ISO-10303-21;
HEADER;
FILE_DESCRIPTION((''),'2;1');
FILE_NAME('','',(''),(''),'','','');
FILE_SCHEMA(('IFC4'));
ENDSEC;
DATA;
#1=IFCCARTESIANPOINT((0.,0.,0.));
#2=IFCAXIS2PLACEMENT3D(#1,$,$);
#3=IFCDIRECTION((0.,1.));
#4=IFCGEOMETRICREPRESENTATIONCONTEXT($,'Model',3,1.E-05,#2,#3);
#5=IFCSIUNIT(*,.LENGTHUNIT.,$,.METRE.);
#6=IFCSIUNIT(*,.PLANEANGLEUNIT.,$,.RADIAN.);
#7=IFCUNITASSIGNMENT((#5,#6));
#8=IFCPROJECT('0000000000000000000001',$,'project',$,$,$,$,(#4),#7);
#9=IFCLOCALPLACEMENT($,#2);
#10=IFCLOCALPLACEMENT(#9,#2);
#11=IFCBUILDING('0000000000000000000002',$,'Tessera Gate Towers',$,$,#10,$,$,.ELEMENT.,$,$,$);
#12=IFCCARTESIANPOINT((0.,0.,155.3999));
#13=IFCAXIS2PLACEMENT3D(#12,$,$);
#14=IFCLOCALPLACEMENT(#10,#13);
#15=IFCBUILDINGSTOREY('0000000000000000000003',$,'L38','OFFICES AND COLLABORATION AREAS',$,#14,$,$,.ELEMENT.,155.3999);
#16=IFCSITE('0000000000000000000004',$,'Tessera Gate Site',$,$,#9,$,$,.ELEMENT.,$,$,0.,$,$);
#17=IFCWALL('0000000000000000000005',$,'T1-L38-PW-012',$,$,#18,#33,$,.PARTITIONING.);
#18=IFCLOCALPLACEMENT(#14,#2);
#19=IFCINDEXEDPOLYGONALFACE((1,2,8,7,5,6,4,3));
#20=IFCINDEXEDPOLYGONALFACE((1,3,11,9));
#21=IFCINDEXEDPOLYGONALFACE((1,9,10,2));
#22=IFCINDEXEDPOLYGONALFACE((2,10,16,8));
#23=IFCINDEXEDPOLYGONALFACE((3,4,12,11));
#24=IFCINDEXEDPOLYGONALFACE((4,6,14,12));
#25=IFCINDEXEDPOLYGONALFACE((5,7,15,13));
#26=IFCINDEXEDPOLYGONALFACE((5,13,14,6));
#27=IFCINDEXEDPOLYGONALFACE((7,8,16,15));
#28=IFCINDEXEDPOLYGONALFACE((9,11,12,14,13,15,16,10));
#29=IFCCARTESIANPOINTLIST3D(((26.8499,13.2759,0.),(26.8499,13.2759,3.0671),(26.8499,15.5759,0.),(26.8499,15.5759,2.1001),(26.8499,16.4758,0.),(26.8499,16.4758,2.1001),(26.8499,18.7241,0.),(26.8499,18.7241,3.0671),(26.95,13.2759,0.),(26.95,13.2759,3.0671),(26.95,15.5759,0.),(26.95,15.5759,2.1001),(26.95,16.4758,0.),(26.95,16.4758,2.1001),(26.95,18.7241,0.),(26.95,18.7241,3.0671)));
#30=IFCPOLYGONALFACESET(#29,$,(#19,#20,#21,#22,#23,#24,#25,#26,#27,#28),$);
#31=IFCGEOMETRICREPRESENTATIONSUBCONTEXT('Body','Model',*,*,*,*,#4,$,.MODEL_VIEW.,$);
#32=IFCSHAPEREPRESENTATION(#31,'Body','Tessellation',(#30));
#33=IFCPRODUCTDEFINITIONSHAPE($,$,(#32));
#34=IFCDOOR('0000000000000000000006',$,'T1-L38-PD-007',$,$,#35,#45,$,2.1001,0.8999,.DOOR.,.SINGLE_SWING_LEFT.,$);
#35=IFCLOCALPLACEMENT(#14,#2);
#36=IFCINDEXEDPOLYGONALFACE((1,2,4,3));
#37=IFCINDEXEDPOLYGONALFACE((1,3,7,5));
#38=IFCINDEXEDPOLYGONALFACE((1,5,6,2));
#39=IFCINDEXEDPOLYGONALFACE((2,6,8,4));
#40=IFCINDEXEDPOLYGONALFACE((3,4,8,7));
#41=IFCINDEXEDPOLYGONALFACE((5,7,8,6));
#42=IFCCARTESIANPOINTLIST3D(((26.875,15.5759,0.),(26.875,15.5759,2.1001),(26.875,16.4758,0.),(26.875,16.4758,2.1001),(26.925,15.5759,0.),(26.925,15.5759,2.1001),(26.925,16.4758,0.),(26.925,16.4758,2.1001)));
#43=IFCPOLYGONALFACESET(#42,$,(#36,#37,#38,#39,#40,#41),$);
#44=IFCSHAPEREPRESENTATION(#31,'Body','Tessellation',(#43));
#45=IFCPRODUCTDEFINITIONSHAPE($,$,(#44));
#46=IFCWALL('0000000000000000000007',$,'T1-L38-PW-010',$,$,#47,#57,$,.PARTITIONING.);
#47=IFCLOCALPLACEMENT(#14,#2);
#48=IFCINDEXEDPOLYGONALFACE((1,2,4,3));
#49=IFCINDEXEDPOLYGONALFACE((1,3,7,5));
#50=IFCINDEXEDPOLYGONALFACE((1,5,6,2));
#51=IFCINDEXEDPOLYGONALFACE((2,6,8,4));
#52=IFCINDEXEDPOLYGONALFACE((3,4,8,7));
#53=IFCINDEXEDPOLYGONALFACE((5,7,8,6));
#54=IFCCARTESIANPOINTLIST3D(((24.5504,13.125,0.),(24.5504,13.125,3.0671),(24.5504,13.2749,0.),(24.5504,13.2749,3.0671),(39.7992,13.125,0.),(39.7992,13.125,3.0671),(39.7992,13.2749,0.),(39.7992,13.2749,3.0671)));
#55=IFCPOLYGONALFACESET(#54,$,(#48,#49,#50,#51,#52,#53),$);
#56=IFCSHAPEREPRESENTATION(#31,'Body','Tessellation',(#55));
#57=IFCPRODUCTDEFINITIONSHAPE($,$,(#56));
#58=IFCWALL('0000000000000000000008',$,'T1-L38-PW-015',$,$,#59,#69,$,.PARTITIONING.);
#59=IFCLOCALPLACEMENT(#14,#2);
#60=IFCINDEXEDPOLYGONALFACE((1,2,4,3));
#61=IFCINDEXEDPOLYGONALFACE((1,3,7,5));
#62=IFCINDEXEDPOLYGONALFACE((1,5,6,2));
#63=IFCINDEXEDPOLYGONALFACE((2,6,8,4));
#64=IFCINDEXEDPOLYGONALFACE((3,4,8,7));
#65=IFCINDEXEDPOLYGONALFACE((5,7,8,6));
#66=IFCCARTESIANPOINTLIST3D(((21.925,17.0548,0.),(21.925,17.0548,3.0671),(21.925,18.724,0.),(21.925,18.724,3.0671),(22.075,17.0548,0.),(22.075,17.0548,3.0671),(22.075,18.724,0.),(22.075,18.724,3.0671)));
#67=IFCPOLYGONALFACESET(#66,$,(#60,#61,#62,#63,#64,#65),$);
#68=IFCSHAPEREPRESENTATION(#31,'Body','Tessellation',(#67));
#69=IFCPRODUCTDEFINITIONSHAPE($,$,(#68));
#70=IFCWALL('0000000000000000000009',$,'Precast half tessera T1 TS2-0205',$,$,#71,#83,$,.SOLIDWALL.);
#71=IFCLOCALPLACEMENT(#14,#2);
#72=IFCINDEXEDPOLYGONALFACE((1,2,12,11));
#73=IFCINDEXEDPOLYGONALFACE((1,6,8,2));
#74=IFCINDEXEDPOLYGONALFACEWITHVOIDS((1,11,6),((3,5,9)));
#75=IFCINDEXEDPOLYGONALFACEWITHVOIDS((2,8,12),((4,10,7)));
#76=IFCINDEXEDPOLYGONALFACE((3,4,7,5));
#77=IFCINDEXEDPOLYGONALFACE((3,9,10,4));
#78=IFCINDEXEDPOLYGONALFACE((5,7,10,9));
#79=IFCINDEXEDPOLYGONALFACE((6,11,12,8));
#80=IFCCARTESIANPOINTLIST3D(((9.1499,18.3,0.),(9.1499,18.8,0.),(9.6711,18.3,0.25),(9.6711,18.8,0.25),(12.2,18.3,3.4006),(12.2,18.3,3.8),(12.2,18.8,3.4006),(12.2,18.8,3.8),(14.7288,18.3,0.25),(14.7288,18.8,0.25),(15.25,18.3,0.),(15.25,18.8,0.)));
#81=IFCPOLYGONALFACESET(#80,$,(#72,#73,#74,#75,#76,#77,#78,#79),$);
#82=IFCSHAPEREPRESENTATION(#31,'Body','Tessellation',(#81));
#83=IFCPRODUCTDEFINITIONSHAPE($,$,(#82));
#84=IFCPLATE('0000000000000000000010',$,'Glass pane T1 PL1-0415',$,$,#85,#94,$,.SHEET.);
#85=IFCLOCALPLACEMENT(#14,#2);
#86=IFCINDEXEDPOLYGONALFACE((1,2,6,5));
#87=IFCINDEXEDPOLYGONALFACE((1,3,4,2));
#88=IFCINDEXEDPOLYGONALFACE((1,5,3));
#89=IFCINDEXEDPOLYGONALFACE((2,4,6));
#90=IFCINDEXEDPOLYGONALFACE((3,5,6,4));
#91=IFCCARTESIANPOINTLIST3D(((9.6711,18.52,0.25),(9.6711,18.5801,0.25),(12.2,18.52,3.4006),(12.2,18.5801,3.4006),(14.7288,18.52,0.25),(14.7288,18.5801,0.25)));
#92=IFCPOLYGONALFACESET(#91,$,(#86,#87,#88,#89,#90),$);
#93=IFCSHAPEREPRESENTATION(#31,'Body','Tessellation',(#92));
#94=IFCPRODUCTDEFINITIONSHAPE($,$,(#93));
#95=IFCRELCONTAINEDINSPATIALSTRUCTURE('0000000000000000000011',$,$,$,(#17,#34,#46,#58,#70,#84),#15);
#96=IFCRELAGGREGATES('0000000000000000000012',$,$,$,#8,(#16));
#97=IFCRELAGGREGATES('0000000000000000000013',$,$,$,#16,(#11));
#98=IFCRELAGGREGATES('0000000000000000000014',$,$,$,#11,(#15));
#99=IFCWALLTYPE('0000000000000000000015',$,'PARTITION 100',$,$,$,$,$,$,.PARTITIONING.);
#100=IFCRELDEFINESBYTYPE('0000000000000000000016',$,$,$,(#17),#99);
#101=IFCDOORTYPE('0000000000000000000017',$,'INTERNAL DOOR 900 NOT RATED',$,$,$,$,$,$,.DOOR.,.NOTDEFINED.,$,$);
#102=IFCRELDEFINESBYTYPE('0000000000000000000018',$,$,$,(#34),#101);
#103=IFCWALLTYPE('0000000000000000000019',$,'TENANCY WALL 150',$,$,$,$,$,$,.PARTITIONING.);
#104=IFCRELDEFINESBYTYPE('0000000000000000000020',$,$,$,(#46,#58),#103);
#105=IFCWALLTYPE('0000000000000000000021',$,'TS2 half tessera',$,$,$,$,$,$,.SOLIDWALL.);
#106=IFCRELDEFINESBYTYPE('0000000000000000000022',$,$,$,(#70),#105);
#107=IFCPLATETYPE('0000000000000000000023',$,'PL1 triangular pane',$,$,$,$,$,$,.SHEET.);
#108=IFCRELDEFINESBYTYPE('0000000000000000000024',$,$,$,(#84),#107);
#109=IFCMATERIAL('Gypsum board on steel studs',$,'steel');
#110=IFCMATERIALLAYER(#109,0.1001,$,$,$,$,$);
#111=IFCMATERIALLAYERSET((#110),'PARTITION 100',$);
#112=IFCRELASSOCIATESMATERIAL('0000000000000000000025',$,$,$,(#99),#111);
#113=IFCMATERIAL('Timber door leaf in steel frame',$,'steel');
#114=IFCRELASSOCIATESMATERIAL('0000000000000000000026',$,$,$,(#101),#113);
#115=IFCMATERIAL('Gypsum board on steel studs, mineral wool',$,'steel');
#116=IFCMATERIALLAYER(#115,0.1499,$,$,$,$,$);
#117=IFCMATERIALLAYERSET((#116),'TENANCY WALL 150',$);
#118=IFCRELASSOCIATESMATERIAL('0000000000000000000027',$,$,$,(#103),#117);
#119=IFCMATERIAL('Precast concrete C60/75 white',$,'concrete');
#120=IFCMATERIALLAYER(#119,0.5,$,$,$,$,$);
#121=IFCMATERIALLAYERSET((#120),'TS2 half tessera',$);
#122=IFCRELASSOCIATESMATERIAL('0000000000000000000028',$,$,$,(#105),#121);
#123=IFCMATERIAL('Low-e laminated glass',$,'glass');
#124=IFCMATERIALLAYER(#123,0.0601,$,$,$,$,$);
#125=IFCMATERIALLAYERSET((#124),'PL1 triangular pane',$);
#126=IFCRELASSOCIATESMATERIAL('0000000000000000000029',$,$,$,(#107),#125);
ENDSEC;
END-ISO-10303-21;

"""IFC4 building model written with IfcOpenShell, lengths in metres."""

from ifc_helpers import new_model, si_unit, direction, frame, frame_2d, origin, place, context, subcontext, project, spatial, polyline, rectangle, outline, extrude, source, transform, mapped, material, layer, layer_set, type_object, element, fill, save


model = new_model("IFC4")

# Units and contexts
model_context = context("Model", 3, precision=1e-05, world=origin(), true_north=direction((0.0, 1.0)))
body_context = subcontext(model_context, "Body", "Model", "MODEL_VIEW")
ifc_project = project(units=[si_unit("LENGTHUNIT", "METRE"), si_unit("PLANEANGLEUNIT", "RADIAN")], contexts=[model_context])

# Site, building, storey
site_placement = place(None, origin())
site = spatial("IfcSite", under=ifc_project, at=site_placement, Name="Tessera Gate Site", CompositionType="ELEMENT", RefElevation=0.0)
building_placement = place(site_placement, origin())
building = spatial("IfcBuilding", under=site, at=building_placement, Name="Tessera Gate Towers", CompositionType="ELEMENT")
storey_placement = place(building_placement, frame((0.0, 0.0, 155.3999)))
storey = spatial("IfcBuildingStorey", under=building, at=storey_placement, Name="L38", Description="OFFICES AND COLLABORATION AREAS", CompositionType="ELEMENT", Elevation=155.3999)

# Shared definitions
ifc_material_1 = material(Name="Gypsum board on steel studs", Category="steel")
ifc_layer_1 = layer(ifc_material_1, 0.1001)
ifc_layer_set_1 = layer_set([ifc_layer_1], Name="PARTITION 100")
wall_type_1 = type_object("IfcWallType", Name="PARTITION 100", PredefinedType="PARTITIONING", material=ifc_layer_set_1)

# Shared definitions
shared_shape_1 = source(origin(), body_context, "Body", "SweptSolid", [
    extrude(rectangle(XDim=0.8999, YDim=2.1001, at=frame_2d((0.45, 1.05))), frame((0.0, 0.0601, 0.0), z_axis=(0.0, -1.0, 0.0), x_axis=(1.0, 0.0, 0.0)), (0.0, 0.0, 1.0), 0.1201),
])
ifc_material_2 = material(Name="Timber door leaf in steel frame", Category="steel")
door_type = type_object("IfcDoorType", Name="INTERNAL DOOR 900 NOT RATED", OperationType="NOTDEFINED", PredefinedType="DOOR", material=ifc_material_2)
shared_shape_2 = source(origin(), body_context, "Body", "SweptSolid", [
    extrude(rectangle(XDim=0.8999, YDim=2.1001, at=frame_2d((0.45, 1.05))), frame((0.0, 0.0249, 0.0), z_axis=(0.0, -1.0, 0.0), x_axis=(1.0, 0.0, 0.0)), (0.0, 0.0, 1.0), 0.05),
])

# Wall, opening, door
wall_1_placement = place(storey_placement, frame((26.8999, 13.2759, 0.0), z_axis=(0.0, 0.0, 1.0), x_axis=(0.0, 1.0, 0.0)))
wall_1 = element("IfcWall", 1, at=wall_1_placement, inside=storey, type_object=wall_type_1, Name="T1-L38-PW-012", PredefinedType="PARTITIONING", context=body_context, shape_type="SweptSolid", body=[
    extrude(rectangle(XDim=5.4482, YDim=0.1001, at=frame_2d((2.7241, 0.0))), origin(), (0.0, 0.0, 1.0), 3.0671),
])
opening_1_placement = place(wall_1_placement, frame((2.3, 0.0, 0.0)))
opening_1 = element("IfcOpeningElement", 2, at=opening_1_placement, cuts=wall_1, PredefinedType="OPENING", context=body_context, shape_type="MappedRepresentation", body=[
    mapped(shared_shape_1, transform((0.0, 0.0, 0.0), scale=1.0)),
])
door_1_placement = place(opening_1_placement, origin())
door_1 = element("IfcDoor", 3, at=door_1_placement, inside=storey, type_object=door_type, Name="T1-L38-PD-007", OperationType="SINGLE_SWING_LEFT", OverallHeight=2.1001, OverallWidth=0.8999, PredefinedType="DOOR", context=body_context, shape_type="MappedRepresentation", body=[
    mapped(shared_shape_2, transform((0.0, 0.0, 0.0), scale=1.0)),
])
fill(opening_1, door_1)

# Walls
ifc_material_3 = material(Name="Gypsum board on steel studs, mineral wool", Category="steel")
ifc_layer_2 = layer(ifc_material_3, 0.1499)
ifc_layer_set_2 = layer_set([ifc_layer_2], Name="TENANCY WALL 150")
wall_type_2 = type_object("IfcWallType", Name="TENANCY WALL 150", PredefinedType="PARTITIONING", material=ifc_layer_set_2)
wall_2_placement = place(storey_placement, frame((24.5503, 13.2, 0.0), z_axis=(0.0, 0.0, 1.0), x_axis=(1.0, 0.0, 0.0)))
element("IfcWall", 4, at=wall_2_placement, inside=storey, type_object=wall_type_2, Name="T1-L38-PW-010", PredefinedType="PARTITIONING", context=body_context, shape_type="SweptSolid", body=[
    extrude(rectangle(XDim=15.2488, YDim=0.1499, at=frame_2d((7.6245, 0.0))), origin(), (0.0, 0.0, 1.0), 3.0671),
])
wall_3_placement = place(storey_placement, frame((22.0, 17.0549, 0.0), z_axis=(0.0, 0.0, 1.0), x_axis=(0.0, 1.0, 0.0)))
element("IfcWall", 5, at=wall_3_placement, inside=storey, type_object=wall_type_2, Name="T1-L38-PW-015", PredefinedType="PARTITIONING", context=body_context, shape_type="SweptSolid", body=[
    extrude(rectangle(XDim=1.6692, YDim=0.1499, at=frame_2d((0.8345, 0.0))), origin(), (0.0, 0.0, 1.0), 3.0671),
])

# Wall, opening, plate
ifc_material_4 = material(Name="Precast concrete C60/75 white", Category="concrete")
ifc_layer_3 = layer(ifc_material_4, 0.5)
ifc_layer_set_3 = layer_set([ifc_layer_3], Name="TS2 half tessera")
wall_type_3 = type_object("IfcWallType", Name="TS2 half tessera", PredefinedType="SOLIDWALL", material=ifc_layer_set_3)
shared_shape_3 = source(origin(), body_context, "Body", "SweptSolid", [
    extrude(outline(polyline([(6.1001, 0.0), (3.05, 3.8), (0.0, 0.0), (6.1001, 0.0)])), frame((0.0, 0.25, 0.0), z_axis=(0.0, -1.0, 0.0), x_axis=(1.0, 0.0, 0.0)), (0.0, 0.0, 1.0), 0.5),
])
wall_4_placement = place(storey_placement, frame((9.1499, 18.55, 0.0), z_axis=(0.0, 0.0, 1.0), x_axis=(1.0, 0.0, 0.0)))
wall_4 = element("IfcWall", 6, at=wall_4_placement, inside=storey, type_object=wall_type_3, Name="Precast half tessera T1 TS2-0205", PredefinedType="SOLIDWALL", context=body_context, shape_type="MappedRepresentation", body=[
    mapped(shared_shape_3, transform((0.0, 0.0, 0.0), scale=1.0)),
])
shared_shape_4 = source(origin(), body_context, "Body", "SweptSolid", [
    extrude(outline(polyline([(5.5789, 0.25), (3.05, 3.4006), (0.5212, 0.25), (5.5789, 0.25)])), frame((0.0, 0.26, 0.0), z_axis=(0.0, -1.0, 0.0), x_axis=(1.0, 0.0, 0.0)), (0.0, 0.0, 1.0), 0.52),
])
opening_2_placement = place(wall_4_placement, origin())
opening_2 = element("IfcOpeningElement", 7, at=opening_2_placement, cuts=wall_4, PredefinedType="OPENING", context=body_context, shape_type="MappedRepresentation", body=[
    mapped(shared_shape_4, transform((0.0, 0.0, 0.0), scale=1.0)),
])
ifc_material_5 = material(Name="Low-e laminated glass", Category="glass")
ifc_layer_4 = layer(ifc_material_5, 0.0601)
ifc_layer_set_4 = layer_set([ifc_layer_4], Name="PL1 triangular pane")
plate_type = type_object("IfcPlateType", Name="PL1 triangular pane", PredefinedType="SHEET", material=ifc_layer_set_4)
shared_shape_5 = source(origin(), body_context, "Body", "SweptSolid", [
    extrude(outline(polyline([(5.5789, 0.25), (3.05, 3.4006), (0.5212, 0.25), (5.5789, 0.25)])), frame((0.0, 0.03, 0.0), z_axis=(0.0, -1.0, 0.0), x_axis=(1.0, 0.0, 0.0)), (0.0, 0.0, 1.0), 0.0601),
])
plate_placement = place(opening_2_placement, origin())
plate = element("IfcPlate", 8, at=plate_placement, inside=storey, type_object=plate_type, Name="Glass pane T1 PL1-0415", PredefinedType="SHEET", context=body_context, shape_type="MappedRepresentation", body=[
    mapped(shared_shape_5, transform((0.0, 0.0, 0.0), scale=1.0)),
])
fill(opening_2, plate)

save(model, "model.ifc")
